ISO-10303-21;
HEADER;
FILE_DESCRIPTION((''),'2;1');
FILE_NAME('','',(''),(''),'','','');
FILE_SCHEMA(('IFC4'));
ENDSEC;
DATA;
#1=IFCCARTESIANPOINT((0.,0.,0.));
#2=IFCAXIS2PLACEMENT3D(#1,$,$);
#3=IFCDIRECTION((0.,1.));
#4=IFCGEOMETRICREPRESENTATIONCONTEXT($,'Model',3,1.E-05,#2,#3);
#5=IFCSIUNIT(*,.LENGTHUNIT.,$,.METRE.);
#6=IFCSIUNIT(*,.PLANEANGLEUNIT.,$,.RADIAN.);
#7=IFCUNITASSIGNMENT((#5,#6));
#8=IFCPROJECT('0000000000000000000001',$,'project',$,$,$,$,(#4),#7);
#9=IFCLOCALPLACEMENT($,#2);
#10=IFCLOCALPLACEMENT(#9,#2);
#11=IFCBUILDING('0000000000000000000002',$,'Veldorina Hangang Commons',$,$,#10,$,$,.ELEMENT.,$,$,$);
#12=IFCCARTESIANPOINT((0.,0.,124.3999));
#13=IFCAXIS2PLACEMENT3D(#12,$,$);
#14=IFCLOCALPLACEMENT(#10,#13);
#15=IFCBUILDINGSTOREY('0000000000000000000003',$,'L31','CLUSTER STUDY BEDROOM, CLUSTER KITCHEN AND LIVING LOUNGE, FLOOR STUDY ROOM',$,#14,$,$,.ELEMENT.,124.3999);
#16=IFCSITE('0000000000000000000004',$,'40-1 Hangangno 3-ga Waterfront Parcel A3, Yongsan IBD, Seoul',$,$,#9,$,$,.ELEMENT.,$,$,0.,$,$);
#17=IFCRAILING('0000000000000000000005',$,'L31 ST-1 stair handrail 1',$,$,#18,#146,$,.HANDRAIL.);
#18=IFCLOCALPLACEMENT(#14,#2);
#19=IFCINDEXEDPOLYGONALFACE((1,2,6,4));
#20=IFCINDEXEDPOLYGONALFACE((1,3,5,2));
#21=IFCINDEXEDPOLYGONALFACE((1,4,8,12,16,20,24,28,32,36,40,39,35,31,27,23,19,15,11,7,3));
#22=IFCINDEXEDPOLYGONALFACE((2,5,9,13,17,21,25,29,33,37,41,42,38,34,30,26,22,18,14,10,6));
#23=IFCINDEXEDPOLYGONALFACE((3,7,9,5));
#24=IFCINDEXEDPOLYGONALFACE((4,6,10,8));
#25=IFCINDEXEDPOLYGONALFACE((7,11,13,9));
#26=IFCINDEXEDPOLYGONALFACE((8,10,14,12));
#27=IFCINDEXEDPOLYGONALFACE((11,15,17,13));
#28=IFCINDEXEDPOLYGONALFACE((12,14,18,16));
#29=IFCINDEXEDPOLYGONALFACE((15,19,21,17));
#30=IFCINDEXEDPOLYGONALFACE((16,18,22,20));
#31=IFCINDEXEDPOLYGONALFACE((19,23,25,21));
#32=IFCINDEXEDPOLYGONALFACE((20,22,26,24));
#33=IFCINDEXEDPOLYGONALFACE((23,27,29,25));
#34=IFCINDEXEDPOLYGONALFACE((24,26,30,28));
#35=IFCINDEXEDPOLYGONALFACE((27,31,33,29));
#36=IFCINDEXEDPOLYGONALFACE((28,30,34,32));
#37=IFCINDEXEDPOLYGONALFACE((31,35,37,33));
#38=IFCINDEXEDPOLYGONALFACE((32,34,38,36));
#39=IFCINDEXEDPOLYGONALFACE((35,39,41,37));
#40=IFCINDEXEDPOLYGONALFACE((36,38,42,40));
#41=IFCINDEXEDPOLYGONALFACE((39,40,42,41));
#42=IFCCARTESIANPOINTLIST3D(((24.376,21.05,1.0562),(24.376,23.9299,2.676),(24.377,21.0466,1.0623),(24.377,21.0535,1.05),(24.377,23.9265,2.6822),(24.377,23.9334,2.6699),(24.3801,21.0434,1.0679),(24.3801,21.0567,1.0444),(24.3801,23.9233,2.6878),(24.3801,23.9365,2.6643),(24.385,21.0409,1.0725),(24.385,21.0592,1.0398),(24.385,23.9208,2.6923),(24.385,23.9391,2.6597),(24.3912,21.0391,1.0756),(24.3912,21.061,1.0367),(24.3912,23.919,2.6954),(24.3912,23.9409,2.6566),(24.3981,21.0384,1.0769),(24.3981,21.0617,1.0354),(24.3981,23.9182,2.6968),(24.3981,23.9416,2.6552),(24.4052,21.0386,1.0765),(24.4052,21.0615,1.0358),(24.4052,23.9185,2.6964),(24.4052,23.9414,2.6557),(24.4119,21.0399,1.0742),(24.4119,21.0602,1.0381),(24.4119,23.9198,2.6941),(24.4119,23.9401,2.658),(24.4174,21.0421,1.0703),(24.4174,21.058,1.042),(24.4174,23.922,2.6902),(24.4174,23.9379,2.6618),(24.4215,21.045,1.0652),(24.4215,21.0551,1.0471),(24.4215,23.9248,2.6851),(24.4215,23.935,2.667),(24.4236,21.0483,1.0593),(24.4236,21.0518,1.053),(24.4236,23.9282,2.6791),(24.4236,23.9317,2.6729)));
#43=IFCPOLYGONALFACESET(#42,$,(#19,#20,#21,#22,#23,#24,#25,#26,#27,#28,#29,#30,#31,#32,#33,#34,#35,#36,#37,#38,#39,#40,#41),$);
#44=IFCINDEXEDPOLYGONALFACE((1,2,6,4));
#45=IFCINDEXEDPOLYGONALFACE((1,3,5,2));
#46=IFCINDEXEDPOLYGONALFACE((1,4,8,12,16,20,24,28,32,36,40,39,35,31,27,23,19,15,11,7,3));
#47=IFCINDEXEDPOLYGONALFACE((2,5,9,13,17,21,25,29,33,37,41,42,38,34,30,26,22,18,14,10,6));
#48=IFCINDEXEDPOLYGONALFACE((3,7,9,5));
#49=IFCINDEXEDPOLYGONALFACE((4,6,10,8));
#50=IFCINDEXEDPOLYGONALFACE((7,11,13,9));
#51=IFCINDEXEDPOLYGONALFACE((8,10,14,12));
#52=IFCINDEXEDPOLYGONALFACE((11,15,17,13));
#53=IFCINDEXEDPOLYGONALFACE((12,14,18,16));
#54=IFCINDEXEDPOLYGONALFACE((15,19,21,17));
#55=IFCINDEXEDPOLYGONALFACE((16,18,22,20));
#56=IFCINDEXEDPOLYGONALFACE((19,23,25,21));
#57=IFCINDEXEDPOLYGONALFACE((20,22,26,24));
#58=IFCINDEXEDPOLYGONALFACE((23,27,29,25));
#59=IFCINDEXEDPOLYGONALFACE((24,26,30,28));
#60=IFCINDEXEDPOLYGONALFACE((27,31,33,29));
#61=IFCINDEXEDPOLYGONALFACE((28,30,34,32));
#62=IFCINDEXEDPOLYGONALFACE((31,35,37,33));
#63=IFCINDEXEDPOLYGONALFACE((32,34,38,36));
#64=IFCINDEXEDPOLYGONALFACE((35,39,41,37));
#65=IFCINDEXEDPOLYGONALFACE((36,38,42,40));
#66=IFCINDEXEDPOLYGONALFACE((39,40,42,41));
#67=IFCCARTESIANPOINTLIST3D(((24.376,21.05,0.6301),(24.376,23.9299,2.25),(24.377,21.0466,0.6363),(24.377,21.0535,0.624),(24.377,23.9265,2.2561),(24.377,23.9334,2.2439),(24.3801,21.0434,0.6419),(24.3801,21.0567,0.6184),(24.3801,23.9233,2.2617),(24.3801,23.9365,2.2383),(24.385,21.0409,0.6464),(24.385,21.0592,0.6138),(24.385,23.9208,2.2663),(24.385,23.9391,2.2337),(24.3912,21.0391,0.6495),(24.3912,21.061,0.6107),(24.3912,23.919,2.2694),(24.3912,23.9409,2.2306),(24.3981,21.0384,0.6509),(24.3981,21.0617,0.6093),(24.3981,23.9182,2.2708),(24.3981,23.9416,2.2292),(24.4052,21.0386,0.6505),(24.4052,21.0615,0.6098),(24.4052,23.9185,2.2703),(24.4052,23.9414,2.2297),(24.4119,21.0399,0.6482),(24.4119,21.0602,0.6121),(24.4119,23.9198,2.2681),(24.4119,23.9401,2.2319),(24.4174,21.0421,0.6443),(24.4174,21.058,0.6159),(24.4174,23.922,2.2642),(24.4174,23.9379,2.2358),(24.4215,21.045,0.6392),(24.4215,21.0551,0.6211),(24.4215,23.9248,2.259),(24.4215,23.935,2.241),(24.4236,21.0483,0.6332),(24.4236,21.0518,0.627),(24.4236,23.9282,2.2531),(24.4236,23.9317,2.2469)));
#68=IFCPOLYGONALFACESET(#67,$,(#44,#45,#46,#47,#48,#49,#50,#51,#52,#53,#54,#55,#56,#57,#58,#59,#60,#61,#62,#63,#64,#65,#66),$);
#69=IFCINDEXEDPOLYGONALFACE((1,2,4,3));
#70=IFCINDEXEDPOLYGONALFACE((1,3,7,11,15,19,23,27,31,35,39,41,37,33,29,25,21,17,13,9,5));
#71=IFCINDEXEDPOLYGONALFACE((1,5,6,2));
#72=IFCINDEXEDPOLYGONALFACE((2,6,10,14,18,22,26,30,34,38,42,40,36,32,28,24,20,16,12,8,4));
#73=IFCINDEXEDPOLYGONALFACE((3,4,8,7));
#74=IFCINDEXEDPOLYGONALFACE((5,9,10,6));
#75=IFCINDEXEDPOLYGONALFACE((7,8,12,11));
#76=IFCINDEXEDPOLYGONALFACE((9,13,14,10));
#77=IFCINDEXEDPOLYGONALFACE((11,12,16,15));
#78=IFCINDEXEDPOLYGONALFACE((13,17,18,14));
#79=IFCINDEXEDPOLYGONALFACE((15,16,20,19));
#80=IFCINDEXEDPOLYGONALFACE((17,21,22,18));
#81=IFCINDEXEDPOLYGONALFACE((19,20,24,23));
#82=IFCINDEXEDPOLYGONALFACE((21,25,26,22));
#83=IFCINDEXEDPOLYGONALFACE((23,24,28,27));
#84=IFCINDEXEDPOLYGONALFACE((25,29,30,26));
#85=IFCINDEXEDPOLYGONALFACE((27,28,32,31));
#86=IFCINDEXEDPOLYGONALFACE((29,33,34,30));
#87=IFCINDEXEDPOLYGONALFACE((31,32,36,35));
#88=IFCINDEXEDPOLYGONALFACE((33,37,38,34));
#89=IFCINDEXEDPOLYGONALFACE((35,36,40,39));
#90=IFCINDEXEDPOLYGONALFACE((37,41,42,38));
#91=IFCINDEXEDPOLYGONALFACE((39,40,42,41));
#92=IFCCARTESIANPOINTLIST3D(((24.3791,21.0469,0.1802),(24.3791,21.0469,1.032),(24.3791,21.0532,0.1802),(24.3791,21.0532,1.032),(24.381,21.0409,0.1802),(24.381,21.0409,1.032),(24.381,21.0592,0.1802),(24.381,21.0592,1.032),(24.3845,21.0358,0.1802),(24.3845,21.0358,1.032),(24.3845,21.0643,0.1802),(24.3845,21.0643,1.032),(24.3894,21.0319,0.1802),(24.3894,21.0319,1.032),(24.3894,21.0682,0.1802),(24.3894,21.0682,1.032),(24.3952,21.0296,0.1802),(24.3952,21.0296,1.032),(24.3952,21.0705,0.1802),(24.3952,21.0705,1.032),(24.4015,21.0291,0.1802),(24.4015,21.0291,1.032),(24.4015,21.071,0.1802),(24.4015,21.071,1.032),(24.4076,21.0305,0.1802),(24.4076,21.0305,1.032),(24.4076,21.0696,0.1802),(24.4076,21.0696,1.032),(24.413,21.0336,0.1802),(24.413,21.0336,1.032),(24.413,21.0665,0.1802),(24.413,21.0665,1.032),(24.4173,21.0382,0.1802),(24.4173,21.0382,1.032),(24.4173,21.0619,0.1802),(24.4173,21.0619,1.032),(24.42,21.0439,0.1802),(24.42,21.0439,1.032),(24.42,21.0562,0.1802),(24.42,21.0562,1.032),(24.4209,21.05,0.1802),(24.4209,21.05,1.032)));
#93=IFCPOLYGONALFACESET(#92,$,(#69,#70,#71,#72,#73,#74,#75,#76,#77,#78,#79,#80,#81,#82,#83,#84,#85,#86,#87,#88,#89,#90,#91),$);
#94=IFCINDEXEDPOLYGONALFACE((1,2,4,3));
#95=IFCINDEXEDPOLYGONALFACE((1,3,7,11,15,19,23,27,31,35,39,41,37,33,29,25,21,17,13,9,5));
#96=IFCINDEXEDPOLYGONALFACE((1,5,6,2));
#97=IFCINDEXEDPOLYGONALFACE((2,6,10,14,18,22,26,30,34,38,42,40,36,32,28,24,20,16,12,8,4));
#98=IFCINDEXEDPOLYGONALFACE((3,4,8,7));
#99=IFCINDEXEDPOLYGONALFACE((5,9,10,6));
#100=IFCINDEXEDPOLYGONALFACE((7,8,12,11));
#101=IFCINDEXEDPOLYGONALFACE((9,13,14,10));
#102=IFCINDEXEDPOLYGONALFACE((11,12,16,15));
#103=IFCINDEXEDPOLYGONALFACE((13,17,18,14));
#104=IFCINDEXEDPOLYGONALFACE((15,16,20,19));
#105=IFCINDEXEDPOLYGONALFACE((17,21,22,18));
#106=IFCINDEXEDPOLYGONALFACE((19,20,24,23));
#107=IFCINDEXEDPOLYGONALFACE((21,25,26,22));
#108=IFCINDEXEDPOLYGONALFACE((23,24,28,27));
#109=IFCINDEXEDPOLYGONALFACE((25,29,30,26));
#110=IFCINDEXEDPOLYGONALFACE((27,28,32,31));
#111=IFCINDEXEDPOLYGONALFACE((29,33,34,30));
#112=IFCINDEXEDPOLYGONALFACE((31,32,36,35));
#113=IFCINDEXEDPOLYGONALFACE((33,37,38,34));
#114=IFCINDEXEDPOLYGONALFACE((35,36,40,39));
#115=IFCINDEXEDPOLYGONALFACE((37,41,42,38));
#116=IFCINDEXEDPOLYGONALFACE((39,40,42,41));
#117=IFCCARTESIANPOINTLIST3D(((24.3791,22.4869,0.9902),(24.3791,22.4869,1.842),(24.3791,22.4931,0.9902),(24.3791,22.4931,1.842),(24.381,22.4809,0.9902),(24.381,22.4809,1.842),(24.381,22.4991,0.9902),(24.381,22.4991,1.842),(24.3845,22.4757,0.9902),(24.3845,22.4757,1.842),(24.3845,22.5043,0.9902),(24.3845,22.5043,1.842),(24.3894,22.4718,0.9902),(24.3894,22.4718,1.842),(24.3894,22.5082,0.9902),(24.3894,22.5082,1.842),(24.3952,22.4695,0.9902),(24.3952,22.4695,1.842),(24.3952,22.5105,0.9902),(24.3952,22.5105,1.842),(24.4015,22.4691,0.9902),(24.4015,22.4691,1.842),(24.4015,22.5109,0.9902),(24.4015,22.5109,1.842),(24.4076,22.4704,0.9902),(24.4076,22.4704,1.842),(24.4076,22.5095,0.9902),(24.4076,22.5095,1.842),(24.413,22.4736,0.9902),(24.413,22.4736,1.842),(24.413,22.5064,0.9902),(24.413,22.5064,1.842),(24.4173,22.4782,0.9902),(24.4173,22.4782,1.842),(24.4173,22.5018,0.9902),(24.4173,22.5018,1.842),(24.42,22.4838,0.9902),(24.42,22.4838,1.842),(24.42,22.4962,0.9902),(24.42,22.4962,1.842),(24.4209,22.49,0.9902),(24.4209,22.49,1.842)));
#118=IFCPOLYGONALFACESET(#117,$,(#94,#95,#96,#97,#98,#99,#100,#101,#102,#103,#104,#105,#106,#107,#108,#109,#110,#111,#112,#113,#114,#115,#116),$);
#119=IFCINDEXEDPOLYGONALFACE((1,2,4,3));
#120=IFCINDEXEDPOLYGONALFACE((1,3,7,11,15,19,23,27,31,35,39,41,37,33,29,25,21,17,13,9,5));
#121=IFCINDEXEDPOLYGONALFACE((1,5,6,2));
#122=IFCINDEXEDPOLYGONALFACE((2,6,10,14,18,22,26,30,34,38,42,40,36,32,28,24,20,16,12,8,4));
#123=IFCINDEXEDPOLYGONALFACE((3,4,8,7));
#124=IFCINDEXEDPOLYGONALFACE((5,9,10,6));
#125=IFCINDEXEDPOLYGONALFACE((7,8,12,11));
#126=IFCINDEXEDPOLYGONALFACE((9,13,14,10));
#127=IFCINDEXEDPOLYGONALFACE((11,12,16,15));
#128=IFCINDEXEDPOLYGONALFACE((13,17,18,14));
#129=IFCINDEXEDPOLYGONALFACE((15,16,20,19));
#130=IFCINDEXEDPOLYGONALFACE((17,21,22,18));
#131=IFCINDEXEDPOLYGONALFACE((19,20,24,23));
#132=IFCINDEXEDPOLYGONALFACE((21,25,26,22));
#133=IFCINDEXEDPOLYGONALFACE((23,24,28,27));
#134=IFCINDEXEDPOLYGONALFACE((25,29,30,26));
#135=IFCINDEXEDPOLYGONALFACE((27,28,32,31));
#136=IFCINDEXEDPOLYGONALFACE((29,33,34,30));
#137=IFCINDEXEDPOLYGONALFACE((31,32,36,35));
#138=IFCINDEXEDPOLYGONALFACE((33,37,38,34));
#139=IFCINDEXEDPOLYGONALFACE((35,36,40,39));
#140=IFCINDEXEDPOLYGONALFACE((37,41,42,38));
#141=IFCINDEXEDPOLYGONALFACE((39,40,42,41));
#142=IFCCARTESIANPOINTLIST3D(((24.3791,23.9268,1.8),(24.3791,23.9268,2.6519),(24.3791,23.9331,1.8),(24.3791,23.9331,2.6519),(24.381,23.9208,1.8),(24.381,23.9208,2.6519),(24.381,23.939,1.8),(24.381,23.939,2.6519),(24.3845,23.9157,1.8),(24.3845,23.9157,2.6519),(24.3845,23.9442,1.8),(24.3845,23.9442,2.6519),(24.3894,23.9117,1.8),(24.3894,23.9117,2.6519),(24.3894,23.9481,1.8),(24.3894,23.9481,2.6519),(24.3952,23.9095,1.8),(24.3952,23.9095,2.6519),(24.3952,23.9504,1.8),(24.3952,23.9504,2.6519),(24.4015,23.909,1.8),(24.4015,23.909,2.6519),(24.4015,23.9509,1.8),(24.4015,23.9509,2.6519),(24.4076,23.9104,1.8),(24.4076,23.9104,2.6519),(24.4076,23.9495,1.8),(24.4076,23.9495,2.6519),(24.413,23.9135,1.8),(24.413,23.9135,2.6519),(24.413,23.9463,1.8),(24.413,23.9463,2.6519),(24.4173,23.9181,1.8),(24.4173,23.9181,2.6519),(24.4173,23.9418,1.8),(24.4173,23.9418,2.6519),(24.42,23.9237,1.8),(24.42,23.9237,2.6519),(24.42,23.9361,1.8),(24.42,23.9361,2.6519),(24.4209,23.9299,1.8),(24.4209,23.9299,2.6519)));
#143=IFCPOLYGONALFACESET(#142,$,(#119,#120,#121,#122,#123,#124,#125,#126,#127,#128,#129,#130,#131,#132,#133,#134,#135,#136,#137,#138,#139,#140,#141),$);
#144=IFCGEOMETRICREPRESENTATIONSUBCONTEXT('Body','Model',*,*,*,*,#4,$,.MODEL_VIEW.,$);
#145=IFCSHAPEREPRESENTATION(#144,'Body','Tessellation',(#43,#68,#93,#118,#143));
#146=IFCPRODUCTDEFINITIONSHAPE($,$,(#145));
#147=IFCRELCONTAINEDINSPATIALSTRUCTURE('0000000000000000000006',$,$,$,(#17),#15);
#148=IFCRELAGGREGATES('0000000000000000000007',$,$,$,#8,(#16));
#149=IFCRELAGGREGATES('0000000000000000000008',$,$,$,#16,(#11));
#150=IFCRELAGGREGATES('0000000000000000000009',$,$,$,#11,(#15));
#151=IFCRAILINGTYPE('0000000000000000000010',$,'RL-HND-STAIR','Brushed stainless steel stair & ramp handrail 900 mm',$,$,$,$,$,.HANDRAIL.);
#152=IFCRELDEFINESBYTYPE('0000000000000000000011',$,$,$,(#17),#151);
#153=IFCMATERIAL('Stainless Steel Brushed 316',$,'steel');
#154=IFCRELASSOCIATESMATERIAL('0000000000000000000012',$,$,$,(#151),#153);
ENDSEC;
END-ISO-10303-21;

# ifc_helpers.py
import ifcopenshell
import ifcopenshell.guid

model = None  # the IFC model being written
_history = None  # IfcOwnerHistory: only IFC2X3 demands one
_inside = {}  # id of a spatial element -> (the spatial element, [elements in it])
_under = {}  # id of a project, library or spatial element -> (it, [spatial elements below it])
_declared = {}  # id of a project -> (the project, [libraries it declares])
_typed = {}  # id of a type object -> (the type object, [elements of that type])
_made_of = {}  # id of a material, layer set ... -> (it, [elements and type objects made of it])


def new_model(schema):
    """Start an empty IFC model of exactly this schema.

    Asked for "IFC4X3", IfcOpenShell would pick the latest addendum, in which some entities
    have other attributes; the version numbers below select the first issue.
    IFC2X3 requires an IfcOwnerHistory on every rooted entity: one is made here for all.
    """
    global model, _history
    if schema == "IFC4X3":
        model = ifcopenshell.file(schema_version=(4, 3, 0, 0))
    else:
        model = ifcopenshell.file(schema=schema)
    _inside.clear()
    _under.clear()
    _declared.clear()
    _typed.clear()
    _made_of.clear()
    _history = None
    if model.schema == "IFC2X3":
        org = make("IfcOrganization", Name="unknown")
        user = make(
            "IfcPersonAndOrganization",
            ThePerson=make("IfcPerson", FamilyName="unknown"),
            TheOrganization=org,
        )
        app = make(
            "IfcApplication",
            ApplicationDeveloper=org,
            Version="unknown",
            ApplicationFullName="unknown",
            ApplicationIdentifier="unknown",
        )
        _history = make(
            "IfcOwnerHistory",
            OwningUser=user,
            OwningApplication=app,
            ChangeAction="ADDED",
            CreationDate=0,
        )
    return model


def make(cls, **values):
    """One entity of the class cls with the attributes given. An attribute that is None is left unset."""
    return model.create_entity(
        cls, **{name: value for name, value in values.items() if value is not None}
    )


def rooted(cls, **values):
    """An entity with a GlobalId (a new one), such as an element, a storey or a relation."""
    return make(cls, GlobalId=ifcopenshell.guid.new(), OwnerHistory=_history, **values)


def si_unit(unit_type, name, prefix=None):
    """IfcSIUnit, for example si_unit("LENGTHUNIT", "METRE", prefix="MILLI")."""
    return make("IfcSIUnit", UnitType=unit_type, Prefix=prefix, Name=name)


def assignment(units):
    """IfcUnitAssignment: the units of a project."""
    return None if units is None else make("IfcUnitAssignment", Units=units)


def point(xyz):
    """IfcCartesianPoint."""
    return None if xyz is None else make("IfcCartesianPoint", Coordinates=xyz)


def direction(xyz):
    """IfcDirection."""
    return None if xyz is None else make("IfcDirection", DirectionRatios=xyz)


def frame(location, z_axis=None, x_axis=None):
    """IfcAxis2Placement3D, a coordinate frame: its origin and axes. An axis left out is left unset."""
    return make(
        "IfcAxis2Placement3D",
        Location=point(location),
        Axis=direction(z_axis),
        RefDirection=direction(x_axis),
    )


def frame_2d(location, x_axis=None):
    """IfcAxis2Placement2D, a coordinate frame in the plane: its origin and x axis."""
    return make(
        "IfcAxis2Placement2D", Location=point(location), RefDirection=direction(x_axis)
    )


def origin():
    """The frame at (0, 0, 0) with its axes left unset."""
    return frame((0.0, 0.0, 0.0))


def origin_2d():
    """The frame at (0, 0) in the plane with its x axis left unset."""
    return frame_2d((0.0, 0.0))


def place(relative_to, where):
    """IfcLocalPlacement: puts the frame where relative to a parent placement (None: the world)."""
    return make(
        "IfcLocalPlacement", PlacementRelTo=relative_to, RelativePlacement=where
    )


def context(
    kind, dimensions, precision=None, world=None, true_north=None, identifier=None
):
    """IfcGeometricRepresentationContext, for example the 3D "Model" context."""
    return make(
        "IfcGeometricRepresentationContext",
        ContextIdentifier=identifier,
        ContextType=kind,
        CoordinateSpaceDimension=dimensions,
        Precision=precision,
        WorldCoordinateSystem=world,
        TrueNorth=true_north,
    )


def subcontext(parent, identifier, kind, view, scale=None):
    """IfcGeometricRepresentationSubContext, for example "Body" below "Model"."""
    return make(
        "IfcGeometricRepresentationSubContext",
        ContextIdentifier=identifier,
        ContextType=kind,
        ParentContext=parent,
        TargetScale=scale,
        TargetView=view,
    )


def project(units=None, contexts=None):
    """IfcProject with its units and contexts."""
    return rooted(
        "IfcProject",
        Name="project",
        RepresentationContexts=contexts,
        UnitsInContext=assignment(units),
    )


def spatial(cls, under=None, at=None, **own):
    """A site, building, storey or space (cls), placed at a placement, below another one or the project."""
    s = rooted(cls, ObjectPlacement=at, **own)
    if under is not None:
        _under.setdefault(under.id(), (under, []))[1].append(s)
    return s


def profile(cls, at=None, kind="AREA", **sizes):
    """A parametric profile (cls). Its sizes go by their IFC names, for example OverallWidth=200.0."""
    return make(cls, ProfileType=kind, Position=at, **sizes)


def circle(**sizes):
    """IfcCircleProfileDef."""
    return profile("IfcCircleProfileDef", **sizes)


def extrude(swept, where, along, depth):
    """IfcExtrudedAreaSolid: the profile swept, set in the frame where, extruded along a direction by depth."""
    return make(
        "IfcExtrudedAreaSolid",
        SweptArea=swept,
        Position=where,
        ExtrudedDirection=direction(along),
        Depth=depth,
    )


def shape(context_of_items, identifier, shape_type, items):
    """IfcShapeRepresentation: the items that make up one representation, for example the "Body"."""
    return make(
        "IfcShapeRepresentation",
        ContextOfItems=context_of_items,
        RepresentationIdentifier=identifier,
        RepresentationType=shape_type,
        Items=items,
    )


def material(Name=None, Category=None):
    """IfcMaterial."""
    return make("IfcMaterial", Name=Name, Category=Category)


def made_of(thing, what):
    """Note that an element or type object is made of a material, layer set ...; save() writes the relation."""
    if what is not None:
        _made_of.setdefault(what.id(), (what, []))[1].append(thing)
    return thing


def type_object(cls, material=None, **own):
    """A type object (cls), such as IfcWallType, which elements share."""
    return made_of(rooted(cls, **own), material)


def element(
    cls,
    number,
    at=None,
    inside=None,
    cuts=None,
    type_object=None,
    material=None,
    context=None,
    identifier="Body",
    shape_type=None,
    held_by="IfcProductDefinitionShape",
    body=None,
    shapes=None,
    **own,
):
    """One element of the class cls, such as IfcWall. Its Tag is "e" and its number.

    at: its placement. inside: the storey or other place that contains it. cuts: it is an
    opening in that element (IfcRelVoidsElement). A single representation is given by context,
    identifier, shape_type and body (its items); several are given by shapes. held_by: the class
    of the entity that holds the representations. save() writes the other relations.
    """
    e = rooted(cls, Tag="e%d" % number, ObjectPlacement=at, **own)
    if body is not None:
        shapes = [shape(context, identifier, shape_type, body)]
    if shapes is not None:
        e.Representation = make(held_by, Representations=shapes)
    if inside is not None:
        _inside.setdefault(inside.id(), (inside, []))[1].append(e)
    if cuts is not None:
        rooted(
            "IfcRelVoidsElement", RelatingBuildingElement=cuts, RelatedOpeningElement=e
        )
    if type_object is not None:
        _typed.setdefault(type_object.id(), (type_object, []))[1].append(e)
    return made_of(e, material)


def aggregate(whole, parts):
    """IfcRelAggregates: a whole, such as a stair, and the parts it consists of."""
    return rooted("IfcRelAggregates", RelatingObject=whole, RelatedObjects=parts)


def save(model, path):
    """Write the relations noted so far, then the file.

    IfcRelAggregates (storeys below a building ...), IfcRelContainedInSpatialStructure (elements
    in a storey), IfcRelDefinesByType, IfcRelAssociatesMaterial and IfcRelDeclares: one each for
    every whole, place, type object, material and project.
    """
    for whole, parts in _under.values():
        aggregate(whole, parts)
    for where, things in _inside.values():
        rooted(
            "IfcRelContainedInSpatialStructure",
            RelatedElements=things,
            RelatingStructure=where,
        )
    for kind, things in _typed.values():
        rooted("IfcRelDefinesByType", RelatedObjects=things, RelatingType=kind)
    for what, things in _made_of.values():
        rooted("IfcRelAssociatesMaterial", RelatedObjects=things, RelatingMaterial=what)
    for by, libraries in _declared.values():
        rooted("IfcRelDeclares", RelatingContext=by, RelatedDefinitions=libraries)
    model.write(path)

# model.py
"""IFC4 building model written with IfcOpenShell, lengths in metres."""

from ifc_helpers import new_model, si_unit, direction, frame, origin, origin_2d, place, context, subcontext, project, spatial, circle, extrude, material, type_object, element, save


model = new_model("IFC4")

# Units and contexts
model_context = context("Model", 3, precision=1e-05, world=origin(), true_north=direction((0.0, 1.0)))
body_context = subcontext(model_context, "Body", "Model", "MODEL_VIEW")
ifc_project = project(units=[si_unit("LENGTHUNIT", "METRE"), si_unit("PLANEANGLEUNIT", "RADIAN")], contexts=[model_context])

# Site, building, storey
site_placement = place(None, origin())
site = spatial("IfcSite", under=ifc_project, at=site_placement, Name="40-1 Hangangno 3-ga Waterfront Parcel A3, Yongsan IBD, Seoul", CompositionType="ELEMENT", RefElevation=0.0)
building_placement = place(site_placement, origin())
building = spatial("IfcBuilding", under=site, at=building_placement, Name="Veldorina Hangang Commons", CompositionType="ELEMENT")
storey_placement = place(building_placement, frame((0.0, 0.0, 124.3999)))
storey = spatial("IfcBuildingStorey", under=building, at=storey_placement, Name="L31", Description="CLUSTER STUDY BEDROOM, CLUSTER KITCHEN AND LIVING LOUNGE, FLOOR STUDY ROOM", CompositionType="ELEMENT", Elevation=124.3999)

# Railing
ifc_material_1 = material(Name="Stainless Steel Brushed 316", Category="steel")
railing_type_1 = type_object("IfcRailingType", Name="RL-HND-STAIR", Description="Brushed stainless steel stair & ramp handrail 900 mm", PredefinedType="HANDRAIL", material=ifc_material_1)
railing_1_placement = place(storey_placement, frame((24.3999, 21.05, 0.1802)))
element("IfcRailing", 1, at=railing_1_placement, inside=storey, type_object=railing_type_1, Name="L31 ST-1 stair handrail 1", PredefinedType="HANDRAIL", context=body_context, shape_type="SweptSolid", body=[
    extrude(circle(Radius=0.0239, at=origin_2d()), frame((0.0, 0.0, 0.876), z_axis=(0.0, 0.871583, 0.490247), x_axis=(-1.0, 0.0, 0.0)), (0.0, 0.0, 1.0), 3.3042),
    extrude(circle(Radius=0.0239, at=origin_2d()), frame((0.0, 0.0, 0.45), z_axis=(0.0, 0.871583, 0.490247), x_axis=(-1.0, 0.0, 0.0)), (0.0, 0.0, 1.0), 3.3042),
    extrude(circle(Radius=0.021, at=origin_2d()), origin(), (0.0, 0.0, 1.0), 0.8518),
    extrude(circle(Radius=0.021, at=origin_2d()), frame((0.0, 1.4399, 0.8101)), (0.0, 0.0, 1.0), 0.8518),
    extrude(circle(Radius=0.021, at=origin_2d()), frame((0.0, 2.8799, 1.6199)), (0.0, 0.0, 1.0), 0.8518),
])

save(model, "model.ifc")
